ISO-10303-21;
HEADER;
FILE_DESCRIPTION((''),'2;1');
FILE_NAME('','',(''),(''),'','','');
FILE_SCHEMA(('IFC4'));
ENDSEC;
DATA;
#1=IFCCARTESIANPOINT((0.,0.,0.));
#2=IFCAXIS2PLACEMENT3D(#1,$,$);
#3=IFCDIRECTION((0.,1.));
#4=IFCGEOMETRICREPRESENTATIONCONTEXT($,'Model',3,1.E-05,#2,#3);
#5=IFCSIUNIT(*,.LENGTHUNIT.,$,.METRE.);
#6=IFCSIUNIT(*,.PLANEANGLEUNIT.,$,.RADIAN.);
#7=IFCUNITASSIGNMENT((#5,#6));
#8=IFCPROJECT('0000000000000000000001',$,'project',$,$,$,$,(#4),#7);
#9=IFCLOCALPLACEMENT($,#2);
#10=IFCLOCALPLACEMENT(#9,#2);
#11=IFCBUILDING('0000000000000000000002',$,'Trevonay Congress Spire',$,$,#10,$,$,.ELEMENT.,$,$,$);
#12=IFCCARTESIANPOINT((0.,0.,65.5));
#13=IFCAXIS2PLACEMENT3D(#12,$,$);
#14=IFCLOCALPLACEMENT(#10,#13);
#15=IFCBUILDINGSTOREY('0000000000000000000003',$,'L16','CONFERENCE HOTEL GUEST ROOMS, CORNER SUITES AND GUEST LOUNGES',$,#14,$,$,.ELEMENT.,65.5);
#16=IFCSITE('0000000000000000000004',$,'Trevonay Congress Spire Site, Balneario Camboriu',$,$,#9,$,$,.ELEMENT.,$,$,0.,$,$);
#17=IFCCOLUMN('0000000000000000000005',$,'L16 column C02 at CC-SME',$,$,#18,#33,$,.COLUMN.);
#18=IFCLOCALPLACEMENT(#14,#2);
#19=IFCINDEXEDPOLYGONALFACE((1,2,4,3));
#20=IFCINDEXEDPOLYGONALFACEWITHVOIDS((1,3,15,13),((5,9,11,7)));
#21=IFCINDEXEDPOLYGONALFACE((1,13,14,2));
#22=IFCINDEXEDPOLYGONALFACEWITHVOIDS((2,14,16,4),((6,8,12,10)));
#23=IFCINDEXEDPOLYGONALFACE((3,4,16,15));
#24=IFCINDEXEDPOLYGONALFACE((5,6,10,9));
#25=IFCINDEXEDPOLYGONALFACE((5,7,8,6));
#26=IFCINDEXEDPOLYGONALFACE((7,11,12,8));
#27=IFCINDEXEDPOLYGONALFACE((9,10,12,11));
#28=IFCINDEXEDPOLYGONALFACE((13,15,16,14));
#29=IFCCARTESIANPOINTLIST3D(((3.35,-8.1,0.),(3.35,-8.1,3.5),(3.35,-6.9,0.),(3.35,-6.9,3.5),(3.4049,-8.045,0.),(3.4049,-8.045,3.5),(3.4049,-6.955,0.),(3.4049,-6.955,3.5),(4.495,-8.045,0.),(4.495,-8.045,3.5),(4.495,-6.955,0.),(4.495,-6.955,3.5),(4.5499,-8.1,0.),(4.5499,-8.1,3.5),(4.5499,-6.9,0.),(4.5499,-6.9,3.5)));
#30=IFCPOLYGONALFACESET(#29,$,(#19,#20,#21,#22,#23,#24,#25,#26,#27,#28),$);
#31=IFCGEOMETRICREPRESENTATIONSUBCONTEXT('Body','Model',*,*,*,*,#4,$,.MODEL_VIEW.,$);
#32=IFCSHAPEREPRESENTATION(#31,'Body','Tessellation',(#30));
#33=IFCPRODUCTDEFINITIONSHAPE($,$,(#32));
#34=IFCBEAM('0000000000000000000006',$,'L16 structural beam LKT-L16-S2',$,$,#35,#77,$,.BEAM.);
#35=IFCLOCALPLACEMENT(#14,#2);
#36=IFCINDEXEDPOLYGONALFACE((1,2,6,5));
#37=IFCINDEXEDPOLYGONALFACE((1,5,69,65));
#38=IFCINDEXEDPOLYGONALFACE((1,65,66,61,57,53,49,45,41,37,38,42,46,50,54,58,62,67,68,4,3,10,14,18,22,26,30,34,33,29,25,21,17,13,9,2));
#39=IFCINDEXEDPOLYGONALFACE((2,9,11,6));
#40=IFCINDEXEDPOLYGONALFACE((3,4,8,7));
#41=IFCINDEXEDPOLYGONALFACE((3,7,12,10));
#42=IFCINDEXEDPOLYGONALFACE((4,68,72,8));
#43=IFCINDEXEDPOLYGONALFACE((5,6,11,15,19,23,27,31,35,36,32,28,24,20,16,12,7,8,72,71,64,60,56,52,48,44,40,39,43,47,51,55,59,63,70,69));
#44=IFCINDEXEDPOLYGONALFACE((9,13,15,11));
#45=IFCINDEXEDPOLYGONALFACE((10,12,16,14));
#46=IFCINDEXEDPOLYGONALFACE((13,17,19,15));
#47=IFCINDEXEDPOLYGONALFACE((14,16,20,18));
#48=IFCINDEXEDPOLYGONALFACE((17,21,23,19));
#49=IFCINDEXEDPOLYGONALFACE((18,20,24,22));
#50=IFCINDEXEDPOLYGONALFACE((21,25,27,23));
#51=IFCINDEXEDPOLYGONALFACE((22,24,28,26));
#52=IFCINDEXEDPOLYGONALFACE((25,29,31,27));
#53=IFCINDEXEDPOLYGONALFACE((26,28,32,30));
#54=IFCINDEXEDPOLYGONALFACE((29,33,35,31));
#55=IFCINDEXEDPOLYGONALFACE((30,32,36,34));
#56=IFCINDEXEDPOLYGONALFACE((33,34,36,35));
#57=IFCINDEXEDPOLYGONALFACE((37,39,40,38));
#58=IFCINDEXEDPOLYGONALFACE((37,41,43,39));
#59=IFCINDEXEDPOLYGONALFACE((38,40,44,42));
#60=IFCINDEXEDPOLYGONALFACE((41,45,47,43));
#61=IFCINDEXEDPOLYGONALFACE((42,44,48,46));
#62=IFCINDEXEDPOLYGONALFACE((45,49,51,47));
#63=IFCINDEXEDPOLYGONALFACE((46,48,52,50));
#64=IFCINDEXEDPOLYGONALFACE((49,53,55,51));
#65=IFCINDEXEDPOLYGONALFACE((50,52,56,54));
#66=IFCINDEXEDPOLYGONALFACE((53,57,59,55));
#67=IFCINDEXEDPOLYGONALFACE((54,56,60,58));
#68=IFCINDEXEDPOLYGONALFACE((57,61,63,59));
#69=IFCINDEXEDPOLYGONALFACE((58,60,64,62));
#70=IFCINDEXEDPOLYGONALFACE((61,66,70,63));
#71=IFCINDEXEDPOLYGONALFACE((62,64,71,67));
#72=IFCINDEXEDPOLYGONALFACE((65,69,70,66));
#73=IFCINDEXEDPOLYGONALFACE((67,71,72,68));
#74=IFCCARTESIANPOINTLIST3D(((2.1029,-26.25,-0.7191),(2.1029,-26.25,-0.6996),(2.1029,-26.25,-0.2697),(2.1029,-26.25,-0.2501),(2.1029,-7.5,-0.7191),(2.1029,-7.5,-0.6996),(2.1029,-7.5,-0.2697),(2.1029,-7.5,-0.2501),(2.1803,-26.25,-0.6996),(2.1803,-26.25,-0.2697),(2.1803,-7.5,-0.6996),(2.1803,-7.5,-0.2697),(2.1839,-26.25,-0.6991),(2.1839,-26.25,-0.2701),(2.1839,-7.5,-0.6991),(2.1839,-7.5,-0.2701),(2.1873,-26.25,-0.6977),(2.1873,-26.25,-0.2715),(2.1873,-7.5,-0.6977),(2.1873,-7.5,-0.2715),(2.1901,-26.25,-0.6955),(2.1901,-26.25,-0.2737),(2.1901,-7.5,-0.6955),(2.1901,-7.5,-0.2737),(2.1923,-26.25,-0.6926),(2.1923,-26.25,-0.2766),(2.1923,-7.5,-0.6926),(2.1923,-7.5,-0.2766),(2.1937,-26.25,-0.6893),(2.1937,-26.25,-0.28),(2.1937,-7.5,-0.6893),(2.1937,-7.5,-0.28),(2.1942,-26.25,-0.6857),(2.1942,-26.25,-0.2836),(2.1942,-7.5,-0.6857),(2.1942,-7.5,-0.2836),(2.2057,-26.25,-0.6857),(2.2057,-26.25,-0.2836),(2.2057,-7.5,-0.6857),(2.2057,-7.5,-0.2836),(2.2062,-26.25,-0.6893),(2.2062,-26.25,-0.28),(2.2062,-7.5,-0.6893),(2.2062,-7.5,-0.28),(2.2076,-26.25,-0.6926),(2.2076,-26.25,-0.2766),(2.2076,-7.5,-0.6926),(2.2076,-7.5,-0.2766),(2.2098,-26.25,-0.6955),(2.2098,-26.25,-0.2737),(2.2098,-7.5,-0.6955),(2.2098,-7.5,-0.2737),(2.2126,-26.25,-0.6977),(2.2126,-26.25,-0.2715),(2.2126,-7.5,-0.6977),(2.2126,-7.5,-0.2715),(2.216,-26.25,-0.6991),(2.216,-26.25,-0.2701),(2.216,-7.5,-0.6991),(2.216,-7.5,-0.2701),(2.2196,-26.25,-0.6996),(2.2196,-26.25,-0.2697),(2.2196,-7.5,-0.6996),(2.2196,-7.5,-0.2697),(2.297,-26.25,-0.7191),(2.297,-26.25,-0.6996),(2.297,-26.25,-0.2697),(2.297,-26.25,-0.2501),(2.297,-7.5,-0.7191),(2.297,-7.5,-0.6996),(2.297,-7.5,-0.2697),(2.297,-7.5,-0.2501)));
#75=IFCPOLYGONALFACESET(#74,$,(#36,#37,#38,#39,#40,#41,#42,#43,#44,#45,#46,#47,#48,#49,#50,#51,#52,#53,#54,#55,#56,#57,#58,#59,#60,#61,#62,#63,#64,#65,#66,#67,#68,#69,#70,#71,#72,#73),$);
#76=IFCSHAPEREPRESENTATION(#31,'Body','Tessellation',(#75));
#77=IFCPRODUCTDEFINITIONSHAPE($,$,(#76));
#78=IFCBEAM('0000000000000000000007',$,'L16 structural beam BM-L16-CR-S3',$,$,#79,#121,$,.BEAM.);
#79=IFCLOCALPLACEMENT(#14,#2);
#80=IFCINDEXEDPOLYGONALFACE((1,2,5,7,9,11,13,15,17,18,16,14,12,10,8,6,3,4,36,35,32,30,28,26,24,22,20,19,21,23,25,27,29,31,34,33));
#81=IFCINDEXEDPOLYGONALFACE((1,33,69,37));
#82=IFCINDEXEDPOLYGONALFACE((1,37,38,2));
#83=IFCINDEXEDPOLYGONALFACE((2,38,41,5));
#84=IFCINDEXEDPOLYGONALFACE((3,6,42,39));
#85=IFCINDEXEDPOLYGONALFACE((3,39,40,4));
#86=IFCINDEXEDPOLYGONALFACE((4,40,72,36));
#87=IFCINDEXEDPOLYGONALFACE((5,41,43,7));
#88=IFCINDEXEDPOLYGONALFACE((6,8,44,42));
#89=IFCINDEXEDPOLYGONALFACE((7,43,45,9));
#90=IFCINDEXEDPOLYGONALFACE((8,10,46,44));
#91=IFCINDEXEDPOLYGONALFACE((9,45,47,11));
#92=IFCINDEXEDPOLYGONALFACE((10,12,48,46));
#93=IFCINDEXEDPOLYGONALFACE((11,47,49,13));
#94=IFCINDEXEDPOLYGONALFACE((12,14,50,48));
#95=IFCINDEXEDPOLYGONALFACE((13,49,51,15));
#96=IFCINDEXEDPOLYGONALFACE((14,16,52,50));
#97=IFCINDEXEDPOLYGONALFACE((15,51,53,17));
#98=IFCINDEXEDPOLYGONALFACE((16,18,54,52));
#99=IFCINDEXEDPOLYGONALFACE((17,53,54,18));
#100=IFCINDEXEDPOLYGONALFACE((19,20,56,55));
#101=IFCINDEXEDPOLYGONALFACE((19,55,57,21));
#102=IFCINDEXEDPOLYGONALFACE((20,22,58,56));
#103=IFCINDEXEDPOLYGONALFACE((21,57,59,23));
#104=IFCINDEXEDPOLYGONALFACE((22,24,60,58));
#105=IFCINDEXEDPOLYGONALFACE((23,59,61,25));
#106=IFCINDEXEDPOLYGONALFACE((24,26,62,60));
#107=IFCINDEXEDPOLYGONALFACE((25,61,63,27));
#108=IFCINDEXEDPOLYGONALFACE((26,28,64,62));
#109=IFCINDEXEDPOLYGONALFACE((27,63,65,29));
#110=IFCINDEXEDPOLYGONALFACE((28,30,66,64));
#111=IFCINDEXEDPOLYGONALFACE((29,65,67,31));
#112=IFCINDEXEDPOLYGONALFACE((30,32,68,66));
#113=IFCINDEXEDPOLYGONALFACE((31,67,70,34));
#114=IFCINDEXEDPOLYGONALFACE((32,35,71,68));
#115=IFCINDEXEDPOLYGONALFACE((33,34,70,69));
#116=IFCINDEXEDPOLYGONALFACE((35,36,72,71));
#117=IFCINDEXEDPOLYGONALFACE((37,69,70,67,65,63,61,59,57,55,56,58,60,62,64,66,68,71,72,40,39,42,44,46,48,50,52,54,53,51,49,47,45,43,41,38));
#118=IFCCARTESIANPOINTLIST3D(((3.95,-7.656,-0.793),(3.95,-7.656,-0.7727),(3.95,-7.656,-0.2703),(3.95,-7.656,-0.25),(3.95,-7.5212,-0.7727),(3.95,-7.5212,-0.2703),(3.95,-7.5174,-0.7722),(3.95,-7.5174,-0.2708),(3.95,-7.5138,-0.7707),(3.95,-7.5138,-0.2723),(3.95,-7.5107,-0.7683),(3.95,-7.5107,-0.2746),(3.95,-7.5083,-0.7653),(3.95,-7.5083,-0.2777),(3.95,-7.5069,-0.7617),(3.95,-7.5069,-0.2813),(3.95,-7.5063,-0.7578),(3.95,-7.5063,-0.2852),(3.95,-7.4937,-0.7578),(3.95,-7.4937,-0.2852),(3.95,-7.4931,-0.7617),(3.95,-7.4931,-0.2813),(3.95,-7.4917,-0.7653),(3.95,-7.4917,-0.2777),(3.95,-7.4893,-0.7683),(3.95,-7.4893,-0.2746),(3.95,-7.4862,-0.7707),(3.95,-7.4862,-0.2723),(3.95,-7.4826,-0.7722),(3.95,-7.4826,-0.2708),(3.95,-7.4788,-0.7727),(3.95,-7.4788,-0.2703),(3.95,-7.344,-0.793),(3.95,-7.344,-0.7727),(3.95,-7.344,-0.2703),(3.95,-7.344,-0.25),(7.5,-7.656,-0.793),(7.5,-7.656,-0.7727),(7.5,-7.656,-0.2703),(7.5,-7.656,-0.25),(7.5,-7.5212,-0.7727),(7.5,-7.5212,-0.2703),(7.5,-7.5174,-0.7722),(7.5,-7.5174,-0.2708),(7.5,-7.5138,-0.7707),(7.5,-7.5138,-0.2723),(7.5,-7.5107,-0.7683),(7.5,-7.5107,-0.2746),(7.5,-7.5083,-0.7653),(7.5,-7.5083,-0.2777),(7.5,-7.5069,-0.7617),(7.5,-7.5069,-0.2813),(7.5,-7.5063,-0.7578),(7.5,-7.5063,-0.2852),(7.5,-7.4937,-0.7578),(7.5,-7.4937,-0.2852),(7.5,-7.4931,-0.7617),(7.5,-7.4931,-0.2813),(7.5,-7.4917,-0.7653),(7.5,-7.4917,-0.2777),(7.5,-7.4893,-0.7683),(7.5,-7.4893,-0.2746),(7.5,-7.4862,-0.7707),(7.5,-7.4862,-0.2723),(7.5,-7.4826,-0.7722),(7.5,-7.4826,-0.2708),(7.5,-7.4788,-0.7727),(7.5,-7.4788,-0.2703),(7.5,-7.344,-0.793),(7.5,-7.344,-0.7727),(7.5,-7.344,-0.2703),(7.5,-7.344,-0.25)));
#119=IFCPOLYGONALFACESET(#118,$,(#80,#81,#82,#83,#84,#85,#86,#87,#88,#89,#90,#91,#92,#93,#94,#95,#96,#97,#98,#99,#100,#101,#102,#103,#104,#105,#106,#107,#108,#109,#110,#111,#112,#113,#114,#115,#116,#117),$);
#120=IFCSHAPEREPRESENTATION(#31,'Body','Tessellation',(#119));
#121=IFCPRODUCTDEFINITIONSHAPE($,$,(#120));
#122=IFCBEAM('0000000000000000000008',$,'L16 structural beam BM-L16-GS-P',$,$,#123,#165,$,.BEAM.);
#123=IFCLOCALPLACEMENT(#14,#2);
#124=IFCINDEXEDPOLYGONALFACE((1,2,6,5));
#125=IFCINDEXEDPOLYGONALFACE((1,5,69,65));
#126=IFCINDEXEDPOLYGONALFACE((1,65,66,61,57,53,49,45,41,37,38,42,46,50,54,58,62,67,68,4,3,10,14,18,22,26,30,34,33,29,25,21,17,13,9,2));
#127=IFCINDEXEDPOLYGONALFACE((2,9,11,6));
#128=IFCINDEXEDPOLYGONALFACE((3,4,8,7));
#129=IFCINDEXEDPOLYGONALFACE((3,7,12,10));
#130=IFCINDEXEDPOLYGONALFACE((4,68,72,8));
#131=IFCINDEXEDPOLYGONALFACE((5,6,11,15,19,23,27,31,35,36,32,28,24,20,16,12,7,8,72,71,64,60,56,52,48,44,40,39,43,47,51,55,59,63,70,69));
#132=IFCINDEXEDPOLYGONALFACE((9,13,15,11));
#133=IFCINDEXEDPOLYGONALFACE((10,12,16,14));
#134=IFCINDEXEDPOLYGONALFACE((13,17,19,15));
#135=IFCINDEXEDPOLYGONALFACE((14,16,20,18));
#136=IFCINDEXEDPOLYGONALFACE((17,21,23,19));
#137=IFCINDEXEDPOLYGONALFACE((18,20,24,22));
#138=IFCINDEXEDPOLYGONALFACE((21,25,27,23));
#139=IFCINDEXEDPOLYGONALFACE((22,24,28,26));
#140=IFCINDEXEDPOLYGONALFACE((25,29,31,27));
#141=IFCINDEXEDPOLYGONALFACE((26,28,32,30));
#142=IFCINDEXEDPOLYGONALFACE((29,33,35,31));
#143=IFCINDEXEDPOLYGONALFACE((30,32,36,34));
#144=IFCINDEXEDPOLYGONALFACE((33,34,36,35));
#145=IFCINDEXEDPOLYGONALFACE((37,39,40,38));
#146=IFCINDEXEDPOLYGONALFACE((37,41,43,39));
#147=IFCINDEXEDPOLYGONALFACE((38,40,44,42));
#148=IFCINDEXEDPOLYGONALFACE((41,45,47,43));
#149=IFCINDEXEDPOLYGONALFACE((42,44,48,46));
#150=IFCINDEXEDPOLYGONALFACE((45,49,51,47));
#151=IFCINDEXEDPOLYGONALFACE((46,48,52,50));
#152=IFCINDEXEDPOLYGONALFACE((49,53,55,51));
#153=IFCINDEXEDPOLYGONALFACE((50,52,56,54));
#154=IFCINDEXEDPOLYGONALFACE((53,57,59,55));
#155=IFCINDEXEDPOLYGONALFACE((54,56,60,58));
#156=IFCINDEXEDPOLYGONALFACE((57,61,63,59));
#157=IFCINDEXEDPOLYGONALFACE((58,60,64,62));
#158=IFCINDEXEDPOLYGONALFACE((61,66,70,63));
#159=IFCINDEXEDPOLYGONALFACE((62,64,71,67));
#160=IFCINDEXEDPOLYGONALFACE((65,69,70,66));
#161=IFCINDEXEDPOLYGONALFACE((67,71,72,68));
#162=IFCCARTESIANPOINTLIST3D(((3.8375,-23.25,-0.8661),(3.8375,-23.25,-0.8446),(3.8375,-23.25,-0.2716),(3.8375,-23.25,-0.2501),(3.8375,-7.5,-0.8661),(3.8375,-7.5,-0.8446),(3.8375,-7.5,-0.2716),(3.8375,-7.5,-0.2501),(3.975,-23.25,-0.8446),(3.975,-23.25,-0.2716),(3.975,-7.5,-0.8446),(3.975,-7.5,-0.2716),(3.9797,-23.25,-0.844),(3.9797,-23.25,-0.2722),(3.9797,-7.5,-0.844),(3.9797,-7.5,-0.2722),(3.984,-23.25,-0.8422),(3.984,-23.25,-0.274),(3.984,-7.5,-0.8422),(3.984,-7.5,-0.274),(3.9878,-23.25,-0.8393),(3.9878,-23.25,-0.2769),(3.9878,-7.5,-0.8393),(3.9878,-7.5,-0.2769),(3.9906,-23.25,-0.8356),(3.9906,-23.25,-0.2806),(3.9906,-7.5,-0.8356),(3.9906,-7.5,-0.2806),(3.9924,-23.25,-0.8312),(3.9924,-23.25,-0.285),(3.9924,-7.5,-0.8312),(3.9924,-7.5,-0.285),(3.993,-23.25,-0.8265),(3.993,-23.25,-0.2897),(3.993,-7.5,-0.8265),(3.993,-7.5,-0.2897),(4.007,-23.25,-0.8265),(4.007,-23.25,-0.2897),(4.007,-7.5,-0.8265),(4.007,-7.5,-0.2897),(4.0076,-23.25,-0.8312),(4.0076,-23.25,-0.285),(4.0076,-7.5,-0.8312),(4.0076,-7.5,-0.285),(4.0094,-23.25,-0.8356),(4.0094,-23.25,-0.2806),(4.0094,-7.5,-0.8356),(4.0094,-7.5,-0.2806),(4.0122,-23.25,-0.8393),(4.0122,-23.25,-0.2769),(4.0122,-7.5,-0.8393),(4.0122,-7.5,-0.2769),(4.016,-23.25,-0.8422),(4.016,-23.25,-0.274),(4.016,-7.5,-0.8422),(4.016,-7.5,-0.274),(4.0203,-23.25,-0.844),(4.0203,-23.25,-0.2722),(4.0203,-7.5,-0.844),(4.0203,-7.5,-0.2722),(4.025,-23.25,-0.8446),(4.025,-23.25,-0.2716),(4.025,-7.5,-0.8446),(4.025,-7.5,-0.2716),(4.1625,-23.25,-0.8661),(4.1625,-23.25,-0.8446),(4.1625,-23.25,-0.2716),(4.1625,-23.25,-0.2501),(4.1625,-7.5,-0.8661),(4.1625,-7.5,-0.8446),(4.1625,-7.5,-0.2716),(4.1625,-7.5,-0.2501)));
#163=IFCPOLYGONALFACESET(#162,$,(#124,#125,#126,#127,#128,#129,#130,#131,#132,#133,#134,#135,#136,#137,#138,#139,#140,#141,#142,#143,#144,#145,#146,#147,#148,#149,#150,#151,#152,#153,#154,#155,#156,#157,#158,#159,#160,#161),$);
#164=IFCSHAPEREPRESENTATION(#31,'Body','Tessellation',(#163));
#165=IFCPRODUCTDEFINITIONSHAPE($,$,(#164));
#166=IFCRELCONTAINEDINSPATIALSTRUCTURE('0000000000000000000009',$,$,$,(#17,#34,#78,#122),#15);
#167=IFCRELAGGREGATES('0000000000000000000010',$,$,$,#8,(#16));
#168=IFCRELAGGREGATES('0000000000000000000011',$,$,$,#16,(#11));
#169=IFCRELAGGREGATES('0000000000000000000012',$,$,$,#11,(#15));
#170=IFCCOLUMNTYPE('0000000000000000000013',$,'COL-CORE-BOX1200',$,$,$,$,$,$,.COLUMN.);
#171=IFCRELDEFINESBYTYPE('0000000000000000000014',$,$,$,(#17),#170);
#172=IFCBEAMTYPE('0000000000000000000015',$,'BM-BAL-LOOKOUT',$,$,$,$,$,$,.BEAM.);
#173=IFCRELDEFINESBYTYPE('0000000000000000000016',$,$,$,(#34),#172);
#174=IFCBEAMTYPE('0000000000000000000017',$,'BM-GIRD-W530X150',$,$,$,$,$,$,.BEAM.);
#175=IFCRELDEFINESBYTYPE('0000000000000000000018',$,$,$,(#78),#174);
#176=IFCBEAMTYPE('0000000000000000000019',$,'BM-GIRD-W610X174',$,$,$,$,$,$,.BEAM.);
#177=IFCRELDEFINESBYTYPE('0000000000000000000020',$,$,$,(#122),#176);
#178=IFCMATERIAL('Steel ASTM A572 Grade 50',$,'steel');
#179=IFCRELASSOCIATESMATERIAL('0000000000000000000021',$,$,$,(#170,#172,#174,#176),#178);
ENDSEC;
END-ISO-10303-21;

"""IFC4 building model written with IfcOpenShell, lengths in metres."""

from ifc_helpers import new_model, si_unit, direction, frame, origin, origin_2d, place, context, subcontext, project, spatial, hollow_rectangle, i_section, extrude, material, material_profile, profile_set, type_object, element, save


model = new_model("IFC4")

# Units and contexts
model_context = context("Model", 3, precision=1e-05, world=origin(), true_north=direction((0.0, 1.0)))
body_context = subcontext(model_context, "Body", "Model", "MODEL_VIEW")
ifc_project = project(units=[si_unit("LENGTHUNIT", "METRE"), si_unit("PLANEANGLEUNIT", "RADIAN")], contexts=[model_context])

# Site, building, storey
site_placement = place(None, origin())
site = spatial("IfcSite", under=ifc_project, at=site_placement, Name="Trevonay Congress Spire Site, Balneario Camboriu", CompositionType="ELEMENT", RefElevation=0.0)
building_placement = place(site_placement, origin())
building = spatial("IfcBuilding", under=site, at=building_placement, Name="Trevonay Congress Spire", CompositionType="ELEMENT")
storey_placement = place(building_placement, frame((0.0, 0.0, 65.5)))
storey = spatial("IfcBuildingStorey", under=building, at=storey_placement, Name="L16", Description="CONFERENCE HOTEL GUEST ROOMS, CORNER SUITES AND GUEST LOUNGES", CompositionType="ELEMENT", Elevation=65.5)

# Column
ifc_material_1 = material(Name="Steel ASTM A572 Grade 50", Category="steel")
ifc_material_profile_1 = material_profile(ifc_material_1, hollow_rectangle(XDim=1.2, YDim=1.2, WallThickness=0.0549, at=origin_2d()), Name="BOX 1200x1200x55")
ifc_profile_set_1 = profile_set([ifc_material_profile_1], Name="Steel ASTM A572 Grade 50")
column_type = type_object("IfcColumnType", Name="COL-CORE-BOX1200", PredefinedType="COLUMN", material=ifc_profile_set_1)
column_placement = place(storey_placement, frame((3.95, -7.5, 0.0), z_axis=(0.0, 0.0, 1.0), x_axis=(1.0, 0.0, 0.0)))
element("IfcColumn", 1, at=column_placement, inside=storey, type_object=column_type, Name="L16 column C02 at CC-SME", PredefinedType="COLUMN", context=body_context, shape_type="SweptSolid", body=[
    extrude(hollow_rectangle(XDim=1.2, YDim=1.2, WallThickness=0.0549, at=origin_2d()), origin(), (0.0, 0.0, 1.0), 3.5),
])

# Beams
ifc_material_profile_2 = material_profile(ifc_material_1, i_section(OverallWidth=0.1941, OverallDepth=0.469, WebThickness=0.0115, FlangeThickness=0.0195, FilletRadius=0.0139, at=origin_2d()), Name="W460x106")
ifc_profile_set_2 = profile_set([ifc_material_profile_2], Name="Steel ASTM A572 Grade 50")
beam_type_1 = type_object("IfcBeamType", Name="BM-BAL-LOOKOUT", PredefinedType="BEAM", material=ifc_profile_set_2)
beam_1_placement = place(storey_placement, frame((2.2, -7.5, -0.4846), z_axis=(0.0, -1.0, 0.0), x_axis=(1.0, 0.0, 0.0)))
element("IfcBeam", 2, at=beam_1_placement, inside=storey, type_object=beam_type_1, Name="L16 structural beam LKT-L16-S2", PredefinedType="BEAM", context=body_context, shape_type="SweptSolid", body=[
    extrude(i_section(OverallWidth=0.1941, OverallDepth=0.469, WebThickness=0.0115, FlangeThickness=0.0195, FilletRadius=0.0139, at=origin_2d()), origin(), (0.0, 0.0, 1.0), 18.75),
])
ifc_material_profile_3 = material_profile(ifc_material_1, i_section(OverallWidth=0.312, OverallDepth=0.543, WebThickness=0.0127, FlangeThickness=0.0203, FilletRadius=0.0149, at=origin_2d()), Name="W530x150")
ifc_profile_set_3 = profile_set([ifc_material_profile_3], Name="Steel ASTM A572 Grade 50")
beam_type_2 = type_object("IfcBeamType", Name="BM-GIRD-W530X150", PredefinedType="BEAM", material=ifc_profile_set_3)
beam_2_placement = place(storey_placement, frame((3.95, -7.5, -0.5215), z_axis=(1.0, 0.0, 0.0), x_axis=(0.0, 1.0, 0.0)))
element("IfcBeam", 3, at=beam_2_placement, inside=storey, type_object=beam_type_2, Name="L16 structural beam BM-L16-CR-S3", PredefinedType="BEAM", context=body_context, shape_type="SweptSolid", body=[
    extrude(i_section(OverallWidth=0.312, OverallDepth=0.543, WebThickness=0.0127, FlangeThickness=0.0203, FilletRadius=0.0149, at=origin_2d()), origin(), (0.0, 0.0, 1.0), 3.55),
])
ifc_material_profile_4 = material_profile(ifc_material_1, i_section(OverallWidth=0.325, OverallDepth=0.616, WebThickness=0.0139, FlangeThickness=0.0215, FilletRadius=0.0181, at=origin_2d()), Name="W610x174")
ifc_profile_set_4 = profile_set([ifc_material_profile_4], Name="Steel ASTM A572 Grade 50")
beam_type_3 = type_object("IfcBeamType", Name="BM-GIRD-W610X174", PredefinedType="BEAM", material=ifc_profile_set_4)
beam_3_placement = place(storey_placement, frame((4.0, -7.5, -0.5581), z_axis=(0.0, -1.0, 0.0), x_axis=(1.0, 0.0, 0.0)))
element("IfcBeam", 4, at=beam_3_placement, inside=storey, type_object=beam_type_3, Name="L16 structural beam BM-L16-GS-P", PredefinedType="BEAM", context=body_context, shape_type="SweptSolid", body=[
    extrude(i_section(OverallWidth=0.325, OverallDepth=0.616, WebThickness=0.0139, FlangeThickness=0.0215, FilletRadius=0.0181, at=origin_2d()), origin(), (0.0, 0.0, 1.0), 15.75),
])

save(model, "model.ifc")
